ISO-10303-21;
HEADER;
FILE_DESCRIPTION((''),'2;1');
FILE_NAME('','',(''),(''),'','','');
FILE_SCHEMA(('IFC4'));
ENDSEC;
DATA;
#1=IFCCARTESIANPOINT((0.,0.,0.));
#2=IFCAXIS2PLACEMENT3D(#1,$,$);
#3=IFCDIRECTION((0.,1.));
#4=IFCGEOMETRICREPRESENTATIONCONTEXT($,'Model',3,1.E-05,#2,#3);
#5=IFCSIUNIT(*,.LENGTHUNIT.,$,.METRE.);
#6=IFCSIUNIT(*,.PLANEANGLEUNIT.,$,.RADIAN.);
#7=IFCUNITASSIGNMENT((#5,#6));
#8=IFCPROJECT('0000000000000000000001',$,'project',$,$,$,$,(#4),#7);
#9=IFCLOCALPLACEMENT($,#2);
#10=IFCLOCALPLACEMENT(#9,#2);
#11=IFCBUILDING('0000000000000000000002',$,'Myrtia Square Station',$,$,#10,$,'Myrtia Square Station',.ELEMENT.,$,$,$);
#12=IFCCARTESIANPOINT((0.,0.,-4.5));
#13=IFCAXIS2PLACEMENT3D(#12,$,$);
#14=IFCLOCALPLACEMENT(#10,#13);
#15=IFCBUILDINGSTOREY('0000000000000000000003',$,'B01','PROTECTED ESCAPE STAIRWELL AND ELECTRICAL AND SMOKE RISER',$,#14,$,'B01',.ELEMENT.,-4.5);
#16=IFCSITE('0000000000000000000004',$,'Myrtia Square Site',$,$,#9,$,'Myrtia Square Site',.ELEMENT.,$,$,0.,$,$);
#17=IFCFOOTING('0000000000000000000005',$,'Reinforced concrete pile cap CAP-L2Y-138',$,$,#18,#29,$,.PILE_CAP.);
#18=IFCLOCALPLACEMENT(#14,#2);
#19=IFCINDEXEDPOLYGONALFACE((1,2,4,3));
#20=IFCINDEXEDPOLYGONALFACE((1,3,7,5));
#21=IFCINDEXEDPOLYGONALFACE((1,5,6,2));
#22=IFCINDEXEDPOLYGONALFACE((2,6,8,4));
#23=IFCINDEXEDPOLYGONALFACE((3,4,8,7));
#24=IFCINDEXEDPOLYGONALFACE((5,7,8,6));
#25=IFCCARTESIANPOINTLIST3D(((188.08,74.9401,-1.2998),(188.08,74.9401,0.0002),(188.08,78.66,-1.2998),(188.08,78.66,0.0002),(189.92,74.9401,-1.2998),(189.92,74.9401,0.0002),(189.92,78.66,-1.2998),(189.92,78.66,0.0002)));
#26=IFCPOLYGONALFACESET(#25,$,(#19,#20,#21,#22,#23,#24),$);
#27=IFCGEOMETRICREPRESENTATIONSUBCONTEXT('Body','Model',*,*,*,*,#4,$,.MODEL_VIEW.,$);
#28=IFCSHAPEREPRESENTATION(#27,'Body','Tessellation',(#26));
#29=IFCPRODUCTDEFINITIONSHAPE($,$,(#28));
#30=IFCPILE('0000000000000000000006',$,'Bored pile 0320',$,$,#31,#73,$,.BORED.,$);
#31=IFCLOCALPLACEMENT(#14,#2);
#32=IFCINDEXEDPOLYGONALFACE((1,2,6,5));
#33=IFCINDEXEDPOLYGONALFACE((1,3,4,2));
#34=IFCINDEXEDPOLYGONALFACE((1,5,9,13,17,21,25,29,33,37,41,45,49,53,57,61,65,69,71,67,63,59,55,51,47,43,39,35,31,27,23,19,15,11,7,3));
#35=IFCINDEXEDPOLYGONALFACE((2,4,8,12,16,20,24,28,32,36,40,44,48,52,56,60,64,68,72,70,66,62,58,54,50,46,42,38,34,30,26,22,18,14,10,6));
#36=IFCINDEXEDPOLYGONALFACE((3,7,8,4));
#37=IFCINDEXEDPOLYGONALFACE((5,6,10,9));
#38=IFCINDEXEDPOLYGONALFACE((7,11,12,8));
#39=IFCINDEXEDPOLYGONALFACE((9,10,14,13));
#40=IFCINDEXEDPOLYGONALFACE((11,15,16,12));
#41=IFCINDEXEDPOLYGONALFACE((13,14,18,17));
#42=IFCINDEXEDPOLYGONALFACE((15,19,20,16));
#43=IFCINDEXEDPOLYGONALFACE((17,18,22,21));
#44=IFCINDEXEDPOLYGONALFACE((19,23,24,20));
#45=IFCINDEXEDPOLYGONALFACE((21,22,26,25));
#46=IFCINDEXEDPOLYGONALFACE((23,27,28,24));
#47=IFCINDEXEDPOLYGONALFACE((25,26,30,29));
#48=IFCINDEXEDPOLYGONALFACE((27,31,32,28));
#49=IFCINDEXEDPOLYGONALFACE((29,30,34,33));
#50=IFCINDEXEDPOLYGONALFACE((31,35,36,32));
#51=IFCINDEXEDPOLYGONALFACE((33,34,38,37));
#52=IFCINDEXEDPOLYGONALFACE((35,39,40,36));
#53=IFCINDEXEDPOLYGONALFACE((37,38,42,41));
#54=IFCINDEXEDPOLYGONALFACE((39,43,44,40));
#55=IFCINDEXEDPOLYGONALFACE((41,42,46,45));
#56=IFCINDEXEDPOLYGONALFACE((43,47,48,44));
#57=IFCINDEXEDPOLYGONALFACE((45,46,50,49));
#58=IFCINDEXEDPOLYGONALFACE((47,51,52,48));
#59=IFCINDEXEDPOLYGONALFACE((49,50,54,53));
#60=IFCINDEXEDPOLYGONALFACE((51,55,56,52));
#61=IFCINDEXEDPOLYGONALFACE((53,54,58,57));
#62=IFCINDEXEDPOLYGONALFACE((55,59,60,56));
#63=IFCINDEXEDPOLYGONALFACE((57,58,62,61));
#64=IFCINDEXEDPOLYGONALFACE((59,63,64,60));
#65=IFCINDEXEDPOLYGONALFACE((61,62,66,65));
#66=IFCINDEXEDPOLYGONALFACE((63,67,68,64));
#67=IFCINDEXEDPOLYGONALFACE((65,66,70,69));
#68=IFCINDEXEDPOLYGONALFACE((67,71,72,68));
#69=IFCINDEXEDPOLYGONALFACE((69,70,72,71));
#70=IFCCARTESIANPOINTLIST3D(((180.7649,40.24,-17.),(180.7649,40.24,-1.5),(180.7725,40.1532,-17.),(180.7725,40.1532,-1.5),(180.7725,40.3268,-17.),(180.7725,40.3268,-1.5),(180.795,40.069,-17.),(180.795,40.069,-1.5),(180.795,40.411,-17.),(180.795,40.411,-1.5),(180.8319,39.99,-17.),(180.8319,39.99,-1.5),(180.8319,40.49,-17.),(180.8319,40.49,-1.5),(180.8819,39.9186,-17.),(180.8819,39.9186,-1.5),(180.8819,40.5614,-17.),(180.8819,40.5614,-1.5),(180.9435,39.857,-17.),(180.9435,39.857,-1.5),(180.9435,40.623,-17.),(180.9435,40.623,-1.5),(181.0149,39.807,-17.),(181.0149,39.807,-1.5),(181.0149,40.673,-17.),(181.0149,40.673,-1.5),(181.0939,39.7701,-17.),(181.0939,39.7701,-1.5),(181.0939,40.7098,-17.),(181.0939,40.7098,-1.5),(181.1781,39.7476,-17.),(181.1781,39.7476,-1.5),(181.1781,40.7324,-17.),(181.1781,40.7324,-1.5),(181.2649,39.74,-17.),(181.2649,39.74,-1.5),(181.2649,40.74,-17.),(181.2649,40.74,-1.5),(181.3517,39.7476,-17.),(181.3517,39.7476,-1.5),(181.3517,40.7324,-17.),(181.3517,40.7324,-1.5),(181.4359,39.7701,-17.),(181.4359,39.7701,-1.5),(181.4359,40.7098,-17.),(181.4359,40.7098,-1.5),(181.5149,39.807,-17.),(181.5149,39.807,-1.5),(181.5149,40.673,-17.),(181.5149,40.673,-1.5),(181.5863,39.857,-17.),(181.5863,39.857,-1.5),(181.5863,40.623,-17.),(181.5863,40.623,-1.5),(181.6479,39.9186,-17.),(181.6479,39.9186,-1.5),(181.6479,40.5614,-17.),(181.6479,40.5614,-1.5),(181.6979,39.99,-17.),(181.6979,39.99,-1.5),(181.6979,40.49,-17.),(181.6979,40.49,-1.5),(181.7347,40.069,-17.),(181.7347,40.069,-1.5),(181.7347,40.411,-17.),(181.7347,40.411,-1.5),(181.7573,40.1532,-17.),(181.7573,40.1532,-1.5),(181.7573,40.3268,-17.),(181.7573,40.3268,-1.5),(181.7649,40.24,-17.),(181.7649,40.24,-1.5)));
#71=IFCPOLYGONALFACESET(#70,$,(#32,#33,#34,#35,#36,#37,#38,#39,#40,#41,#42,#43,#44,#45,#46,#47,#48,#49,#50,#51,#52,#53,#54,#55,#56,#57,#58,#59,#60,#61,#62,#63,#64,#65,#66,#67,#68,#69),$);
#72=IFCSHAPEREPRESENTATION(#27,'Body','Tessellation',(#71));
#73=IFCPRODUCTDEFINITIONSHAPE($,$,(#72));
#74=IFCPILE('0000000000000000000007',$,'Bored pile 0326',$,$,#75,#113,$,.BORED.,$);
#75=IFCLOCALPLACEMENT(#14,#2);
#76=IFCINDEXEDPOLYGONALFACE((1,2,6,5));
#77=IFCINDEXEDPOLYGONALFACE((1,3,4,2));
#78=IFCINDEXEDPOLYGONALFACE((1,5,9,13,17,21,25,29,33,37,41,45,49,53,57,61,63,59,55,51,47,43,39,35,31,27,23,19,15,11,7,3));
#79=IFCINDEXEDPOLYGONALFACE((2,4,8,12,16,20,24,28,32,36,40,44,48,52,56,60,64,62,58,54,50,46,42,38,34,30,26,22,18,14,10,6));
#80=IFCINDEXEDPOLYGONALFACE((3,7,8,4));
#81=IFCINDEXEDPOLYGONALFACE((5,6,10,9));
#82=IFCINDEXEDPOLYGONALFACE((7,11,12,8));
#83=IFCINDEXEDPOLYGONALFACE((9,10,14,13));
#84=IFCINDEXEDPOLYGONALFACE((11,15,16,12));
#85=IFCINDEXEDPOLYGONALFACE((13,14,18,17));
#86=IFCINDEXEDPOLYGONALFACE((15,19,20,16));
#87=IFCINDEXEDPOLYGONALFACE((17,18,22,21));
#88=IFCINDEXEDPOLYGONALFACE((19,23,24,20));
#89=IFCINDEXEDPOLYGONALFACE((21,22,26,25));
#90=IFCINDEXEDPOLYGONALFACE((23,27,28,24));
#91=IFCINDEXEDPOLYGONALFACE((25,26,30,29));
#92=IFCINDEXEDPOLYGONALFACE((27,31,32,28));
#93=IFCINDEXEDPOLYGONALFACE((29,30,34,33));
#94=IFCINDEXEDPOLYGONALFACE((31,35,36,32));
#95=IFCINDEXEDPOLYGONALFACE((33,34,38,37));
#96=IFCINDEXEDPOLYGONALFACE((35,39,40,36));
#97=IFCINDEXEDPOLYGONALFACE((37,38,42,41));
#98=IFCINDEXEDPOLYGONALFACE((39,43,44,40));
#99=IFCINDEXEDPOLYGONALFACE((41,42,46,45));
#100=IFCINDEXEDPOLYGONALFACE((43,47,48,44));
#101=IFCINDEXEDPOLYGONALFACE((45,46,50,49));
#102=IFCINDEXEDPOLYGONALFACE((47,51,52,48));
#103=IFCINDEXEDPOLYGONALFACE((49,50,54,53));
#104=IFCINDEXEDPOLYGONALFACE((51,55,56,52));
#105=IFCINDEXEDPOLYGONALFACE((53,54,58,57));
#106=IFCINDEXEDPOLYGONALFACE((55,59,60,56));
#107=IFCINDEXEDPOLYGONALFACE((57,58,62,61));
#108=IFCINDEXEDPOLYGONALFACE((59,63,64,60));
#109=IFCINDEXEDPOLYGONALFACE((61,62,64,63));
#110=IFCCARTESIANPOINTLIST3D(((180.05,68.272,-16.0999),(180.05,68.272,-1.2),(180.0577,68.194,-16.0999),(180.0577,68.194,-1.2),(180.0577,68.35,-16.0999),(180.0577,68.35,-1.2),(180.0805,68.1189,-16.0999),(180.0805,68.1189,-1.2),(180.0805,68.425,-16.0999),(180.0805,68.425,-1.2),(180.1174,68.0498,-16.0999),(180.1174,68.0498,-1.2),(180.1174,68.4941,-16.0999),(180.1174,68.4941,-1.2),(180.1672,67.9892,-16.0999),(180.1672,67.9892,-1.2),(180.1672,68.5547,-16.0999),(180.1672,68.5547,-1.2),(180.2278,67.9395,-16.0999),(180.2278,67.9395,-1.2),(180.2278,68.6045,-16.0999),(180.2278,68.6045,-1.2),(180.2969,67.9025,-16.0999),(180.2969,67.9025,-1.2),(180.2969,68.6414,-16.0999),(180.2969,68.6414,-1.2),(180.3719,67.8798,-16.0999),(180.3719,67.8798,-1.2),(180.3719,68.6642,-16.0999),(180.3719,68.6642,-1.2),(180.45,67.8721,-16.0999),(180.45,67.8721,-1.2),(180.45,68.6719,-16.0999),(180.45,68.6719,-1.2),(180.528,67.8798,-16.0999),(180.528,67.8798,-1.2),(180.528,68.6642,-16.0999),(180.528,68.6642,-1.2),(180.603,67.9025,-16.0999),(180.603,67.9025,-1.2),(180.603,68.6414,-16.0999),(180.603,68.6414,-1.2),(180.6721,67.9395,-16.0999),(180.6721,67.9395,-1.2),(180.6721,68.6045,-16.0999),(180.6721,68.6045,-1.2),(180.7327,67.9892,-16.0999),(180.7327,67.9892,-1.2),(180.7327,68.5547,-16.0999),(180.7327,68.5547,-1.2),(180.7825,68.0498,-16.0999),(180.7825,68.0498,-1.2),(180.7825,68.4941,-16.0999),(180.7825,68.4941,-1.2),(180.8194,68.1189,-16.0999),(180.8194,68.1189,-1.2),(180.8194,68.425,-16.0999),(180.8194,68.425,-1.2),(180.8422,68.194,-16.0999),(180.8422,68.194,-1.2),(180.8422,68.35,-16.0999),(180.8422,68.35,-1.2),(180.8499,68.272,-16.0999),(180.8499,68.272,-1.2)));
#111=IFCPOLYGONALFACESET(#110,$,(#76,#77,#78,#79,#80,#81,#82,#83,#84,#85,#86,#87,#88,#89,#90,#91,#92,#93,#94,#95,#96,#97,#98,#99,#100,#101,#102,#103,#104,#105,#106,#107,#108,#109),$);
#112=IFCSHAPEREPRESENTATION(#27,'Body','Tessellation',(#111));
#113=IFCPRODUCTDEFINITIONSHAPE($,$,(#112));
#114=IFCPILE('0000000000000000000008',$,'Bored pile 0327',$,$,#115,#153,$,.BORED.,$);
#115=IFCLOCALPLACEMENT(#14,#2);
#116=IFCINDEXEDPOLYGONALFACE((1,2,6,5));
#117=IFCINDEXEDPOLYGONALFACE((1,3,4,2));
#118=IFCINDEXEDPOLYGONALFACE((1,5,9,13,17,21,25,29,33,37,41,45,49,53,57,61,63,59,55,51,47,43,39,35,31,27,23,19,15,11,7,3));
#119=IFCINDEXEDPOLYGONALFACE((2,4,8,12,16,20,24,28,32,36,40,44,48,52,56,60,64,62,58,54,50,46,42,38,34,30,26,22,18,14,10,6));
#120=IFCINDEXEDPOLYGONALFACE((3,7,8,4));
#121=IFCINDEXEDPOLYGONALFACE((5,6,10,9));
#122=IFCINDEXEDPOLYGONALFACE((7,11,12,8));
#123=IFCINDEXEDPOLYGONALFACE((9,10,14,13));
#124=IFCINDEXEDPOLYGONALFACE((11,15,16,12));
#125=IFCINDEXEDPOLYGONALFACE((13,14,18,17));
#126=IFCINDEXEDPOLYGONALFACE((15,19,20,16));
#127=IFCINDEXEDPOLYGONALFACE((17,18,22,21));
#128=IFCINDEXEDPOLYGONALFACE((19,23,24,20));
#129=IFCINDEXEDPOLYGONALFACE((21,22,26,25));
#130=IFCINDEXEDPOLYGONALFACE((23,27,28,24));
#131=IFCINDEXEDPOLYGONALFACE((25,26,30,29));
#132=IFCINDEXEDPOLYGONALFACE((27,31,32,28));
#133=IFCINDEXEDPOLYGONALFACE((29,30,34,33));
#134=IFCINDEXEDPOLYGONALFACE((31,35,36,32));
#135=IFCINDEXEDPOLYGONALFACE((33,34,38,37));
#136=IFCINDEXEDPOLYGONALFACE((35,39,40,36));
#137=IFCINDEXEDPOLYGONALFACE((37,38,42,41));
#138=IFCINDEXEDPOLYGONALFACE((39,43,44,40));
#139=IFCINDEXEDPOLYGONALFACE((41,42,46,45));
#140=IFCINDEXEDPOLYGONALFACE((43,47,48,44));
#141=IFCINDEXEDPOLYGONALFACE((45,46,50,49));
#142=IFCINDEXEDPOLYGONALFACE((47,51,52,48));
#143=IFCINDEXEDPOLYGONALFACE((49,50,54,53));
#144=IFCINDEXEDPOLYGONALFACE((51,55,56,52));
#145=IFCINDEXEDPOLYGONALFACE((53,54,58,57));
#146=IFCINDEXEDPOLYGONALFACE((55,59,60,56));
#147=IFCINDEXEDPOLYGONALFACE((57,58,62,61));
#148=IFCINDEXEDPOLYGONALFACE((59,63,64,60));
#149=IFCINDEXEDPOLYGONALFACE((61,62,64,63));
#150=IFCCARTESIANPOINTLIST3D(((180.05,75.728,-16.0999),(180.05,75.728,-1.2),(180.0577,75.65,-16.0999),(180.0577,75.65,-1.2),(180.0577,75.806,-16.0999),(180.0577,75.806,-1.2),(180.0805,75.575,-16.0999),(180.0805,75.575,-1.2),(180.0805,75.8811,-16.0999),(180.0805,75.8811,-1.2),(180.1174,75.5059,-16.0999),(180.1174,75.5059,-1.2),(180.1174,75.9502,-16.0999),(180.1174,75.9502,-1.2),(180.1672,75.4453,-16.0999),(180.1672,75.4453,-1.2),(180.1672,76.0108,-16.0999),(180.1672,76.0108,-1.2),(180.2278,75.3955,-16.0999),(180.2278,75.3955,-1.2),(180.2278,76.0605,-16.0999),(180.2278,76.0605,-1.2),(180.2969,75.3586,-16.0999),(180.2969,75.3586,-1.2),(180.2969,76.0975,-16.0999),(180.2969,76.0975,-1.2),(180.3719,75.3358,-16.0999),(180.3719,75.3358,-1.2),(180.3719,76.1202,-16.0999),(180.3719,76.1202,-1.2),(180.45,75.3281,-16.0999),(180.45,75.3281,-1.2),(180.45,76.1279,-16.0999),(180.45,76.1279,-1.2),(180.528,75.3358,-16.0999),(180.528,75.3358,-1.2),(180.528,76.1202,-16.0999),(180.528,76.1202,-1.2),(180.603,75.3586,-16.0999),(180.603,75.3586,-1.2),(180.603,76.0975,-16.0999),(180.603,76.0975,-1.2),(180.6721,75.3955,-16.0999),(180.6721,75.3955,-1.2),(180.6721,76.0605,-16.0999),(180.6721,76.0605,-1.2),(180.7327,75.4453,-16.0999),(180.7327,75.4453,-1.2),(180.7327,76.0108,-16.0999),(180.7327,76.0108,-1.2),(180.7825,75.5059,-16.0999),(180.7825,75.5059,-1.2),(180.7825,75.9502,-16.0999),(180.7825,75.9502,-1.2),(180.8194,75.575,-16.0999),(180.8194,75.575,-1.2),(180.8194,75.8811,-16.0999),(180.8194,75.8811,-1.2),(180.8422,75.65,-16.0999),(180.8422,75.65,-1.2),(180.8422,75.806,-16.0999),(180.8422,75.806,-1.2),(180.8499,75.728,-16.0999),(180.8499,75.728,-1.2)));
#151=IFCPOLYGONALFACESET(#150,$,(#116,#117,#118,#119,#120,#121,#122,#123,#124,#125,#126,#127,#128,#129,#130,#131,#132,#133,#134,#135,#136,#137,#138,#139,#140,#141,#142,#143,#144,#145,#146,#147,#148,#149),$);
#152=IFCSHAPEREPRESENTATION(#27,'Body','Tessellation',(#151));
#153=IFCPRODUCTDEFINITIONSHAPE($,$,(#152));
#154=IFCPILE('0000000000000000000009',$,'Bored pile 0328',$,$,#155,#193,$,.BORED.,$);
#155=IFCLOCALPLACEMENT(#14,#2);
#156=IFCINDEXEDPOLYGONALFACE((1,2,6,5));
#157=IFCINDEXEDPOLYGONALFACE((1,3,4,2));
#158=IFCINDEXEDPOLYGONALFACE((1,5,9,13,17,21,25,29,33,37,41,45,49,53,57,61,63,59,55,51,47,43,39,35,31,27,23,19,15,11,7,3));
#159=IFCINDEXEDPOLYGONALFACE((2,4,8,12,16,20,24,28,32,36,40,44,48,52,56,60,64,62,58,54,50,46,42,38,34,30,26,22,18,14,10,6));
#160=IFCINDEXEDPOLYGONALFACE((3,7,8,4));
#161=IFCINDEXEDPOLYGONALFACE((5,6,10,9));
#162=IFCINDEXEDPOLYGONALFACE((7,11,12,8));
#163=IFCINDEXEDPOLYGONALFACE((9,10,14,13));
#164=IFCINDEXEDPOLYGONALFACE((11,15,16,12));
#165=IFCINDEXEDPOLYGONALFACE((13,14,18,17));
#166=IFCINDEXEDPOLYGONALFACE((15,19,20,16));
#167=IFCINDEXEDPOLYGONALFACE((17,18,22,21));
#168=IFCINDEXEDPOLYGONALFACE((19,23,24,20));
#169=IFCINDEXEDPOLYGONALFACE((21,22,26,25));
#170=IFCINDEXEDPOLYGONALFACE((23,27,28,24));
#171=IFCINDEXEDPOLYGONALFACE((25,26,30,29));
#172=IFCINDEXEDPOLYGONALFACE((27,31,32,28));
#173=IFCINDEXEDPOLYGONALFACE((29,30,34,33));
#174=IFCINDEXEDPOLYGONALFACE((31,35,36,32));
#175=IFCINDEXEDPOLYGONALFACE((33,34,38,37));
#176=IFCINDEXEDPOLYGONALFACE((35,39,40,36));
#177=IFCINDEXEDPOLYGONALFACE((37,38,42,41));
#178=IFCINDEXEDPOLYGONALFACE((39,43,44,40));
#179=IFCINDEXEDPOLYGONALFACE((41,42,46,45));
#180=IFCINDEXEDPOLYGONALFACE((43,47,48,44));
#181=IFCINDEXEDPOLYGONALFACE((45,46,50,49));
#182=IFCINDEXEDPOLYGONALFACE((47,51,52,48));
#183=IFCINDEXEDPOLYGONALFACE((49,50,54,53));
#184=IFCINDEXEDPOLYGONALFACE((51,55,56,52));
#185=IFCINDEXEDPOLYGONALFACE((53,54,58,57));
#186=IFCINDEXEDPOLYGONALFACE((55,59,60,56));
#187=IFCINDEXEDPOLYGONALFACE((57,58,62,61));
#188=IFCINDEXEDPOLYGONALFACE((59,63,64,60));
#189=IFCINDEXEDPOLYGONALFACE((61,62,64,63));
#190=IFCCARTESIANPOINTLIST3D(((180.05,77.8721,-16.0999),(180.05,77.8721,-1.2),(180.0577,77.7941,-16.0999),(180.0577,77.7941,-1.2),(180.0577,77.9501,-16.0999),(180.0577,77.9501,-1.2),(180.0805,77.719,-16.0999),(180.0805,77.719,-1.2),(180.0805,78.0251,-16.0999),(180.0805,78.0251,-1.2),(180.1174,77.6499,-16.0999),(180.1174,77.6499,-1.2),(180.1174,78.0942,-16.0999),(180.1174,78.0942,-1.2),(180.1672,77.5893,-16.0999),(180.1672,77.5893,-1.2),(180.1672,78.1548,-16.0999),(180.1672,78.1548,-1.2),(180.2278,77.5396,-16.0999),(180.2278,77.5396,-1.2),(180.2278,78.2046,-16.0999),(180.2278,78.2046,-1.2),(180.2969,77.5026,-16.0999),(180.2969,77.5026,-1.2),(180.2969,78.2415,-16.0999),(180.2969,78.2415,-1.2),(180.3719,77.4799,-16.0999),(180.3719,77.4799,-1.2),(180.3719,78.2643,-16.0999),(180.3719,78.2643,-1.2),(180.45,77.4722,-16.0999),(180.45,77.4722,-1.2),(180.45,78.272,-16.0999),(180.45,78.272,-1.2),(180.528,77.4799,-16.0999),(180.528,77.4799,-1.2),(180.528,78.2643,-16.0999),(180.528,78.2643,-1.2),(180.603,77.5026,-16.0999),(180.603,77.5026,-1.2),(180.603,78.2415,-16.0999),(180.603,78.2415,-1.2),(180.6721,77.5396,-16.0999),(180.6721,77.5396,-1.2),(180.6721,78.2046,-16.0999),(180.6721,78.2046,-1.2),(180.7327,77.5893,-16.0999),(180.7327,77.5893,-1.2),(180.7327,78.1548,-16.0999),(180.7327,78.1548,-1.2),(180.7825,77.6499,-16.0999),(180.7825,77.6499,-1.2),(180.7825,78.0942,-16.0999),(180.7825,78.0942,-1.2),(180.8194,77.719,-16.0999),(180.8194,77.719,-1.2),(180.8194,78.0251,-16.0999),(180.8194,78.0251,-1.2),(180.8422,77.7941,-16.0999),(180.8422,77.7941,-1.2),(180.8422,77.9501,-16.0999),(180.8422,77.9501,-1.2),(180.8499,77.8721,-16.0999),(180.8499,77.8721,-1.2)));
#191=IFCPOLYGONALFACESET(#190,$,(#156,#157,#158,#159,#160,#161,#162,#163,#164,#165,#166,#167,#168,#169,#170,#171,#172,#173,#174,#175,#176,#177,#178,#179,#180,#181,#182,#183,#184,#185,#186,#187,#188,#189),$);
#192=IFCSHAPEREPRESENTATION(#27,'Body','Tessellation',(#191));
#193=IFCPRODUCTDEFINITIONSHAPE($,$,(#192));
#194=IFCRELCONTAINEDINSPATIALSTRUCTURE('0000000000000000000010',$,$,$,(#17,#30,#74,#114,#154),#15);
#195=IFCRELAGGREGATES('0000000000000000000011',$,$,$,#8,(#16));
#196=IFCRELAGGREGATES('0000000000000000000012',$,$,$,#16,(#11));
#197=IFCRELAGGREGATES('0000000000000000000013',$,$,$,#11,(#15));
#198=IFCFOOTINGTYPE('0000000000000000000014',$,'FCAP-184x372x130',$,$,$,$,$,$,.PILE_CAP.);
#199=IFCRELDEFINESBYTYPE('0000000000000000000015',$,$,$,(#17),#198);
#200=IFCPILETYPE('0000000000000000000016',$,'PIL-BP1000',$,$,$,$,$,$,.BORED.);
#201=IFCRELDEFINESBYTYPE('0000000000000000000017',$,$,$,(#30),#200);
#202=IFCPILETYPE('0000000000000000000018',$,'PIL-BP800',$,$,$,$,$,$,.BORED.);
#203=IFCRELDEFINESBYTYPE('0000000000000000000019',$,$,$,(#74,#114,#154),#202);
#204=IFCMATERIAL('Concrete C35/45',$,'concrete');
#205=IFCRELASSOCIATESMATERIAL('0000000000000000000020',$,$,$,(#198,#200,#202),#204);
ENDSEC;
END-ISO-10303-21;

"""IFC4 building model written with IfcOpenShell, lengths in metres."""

from ifc_helpers import new_model, si_unit, direction, frame, origin, origin_2d, place, context, subcontext, project, spatial, rectangle, circle, extrude, material, material_profile, profile_set, type_object, element, save


model = new_model("IFC4")

# Units and contexts
model_context = context("Model", 3, precision=1e-05, world=origin(), true_north=direction((0.0, 1.0)))
body_context = subcontext(model_context, "Body", "Model", "MODEL_VIEW")
ifc_project = project(units=[si_unit("LENGTHUNIT", "METRE"), si_unit("PLANEANGLEUNIT", "RADIAN")], contexts=[model_context])

# Site, building, storey
site_placement = place(None, origin())
site = spatial("IfcSite", under=ifc_project, at=site_placement, Name="Myrtia Square Site", LongName="Myrtia Square Site", CompositionType="ELEMENT", RefElevation=0.0)
building_placement = place(site_placement, origin())
building = spatial("IfcBuilding", under=site, at=building_placement, Name="Myrtia Square Station", LongName="Myrtia Square Station", CompositionType="ELEMENT")
storey_placement = place(building_placement, frame((0.0, 0.0, -4.5)))
storey = spatial("IfcBuildingStorey", under=building, at=storey_placement, Name="B01", Description="PROTECTED ESCAPE STAIRWELL AND ELECTRICAL AND SMOKE RISER", LongName="B01", CompositionType="ELEMENT", Elevation=-4.5)

# Footing
ifc_material_1 = material(Name="Concrete C35/45", Category="concrete")
footing_type_1 = type_object("IfcFootingType", Name="FCAP-184x372x130", PredefinedType="PILE_CAP", material=ifc_material_1)
for number, where, z_axis, x_axis, name in (
    (1, (189.0, 76.8, -1.2998), (0.0, 0.0, 1.0), (1.0, 0.0, 0.0), "Reinforced concrete pile cap CAP-L2Y-138"),
):
    element("IfcFooting", number, at=place(storey_placement, frame(where, z_axis=z_axis, x_axis=x_axis)), inside=storey, type_object=footing_type_1, Name=name, PredefinedType="PILE_CAP", context=body_context, shape_type="SweptSolid", body=[
        extrude(rectangle(XDim=1.8401, YDim=3.72, at=origin_2d()), origin(), (0.0, 0.0, 1.0), 1.3),
    ])

# Piles
ifc_material_profile_1 = material_profile(ifc_material_1, circle(Radius=0.5, at=origin_2d()), Name="BP D1000")
ifc_profile_set_1 = profile_set([ifc_material_profile_1], Name="Concrete C35/45")
pile_type_1 = type_object("IfcPileType", Name="PIL-BP1000", PredefinedType="BORED", material=ifc_profile_set_1)
pile_placement = place(storey_placement, frame((181.2649, 40.24, -1.5), z_axis=(0.0, 0.0, -1.0), x_axis=(1.0, 0.0, 0.0)))
element("IfcPile", 2, at=pile_placement, inside=storey, type_object=pile_type_1, Name="Bored pile 0320", PredefinedType="BORED", context=body_context, shape_type="SweptSolid", body=[
    extrude(circle(Radius=0.5, at=origin_2d()), origin(), (0.0, 0.0, 1.0), 15.5),
])
ifc_material_profile_2 = material_profile(ifc_material_1, circle(Radius=0.3999, at=origin_2d()), Name="BP D800")
ifc_profile_set_2 = profile_set([ifc_material_profile_2], Name="Concrete C35/45")
pile_type_2 = type_object("IfcPileType", Name="PIL-BP800", PredefinedType="BORED", material=ifc_profile_set_2)
for number, where, z_axis, x_axis, name in (
    (3, (180.45, 68.272, -1.2), (0.0, 0.0, -1.0), (1.0, 0.0, 0.0), "Bored pile 0326"),
    (4, (180.45, 75.728, -1.2), (0.0, 0.0, -1.0), (1.0, 0.0, 0.0), "Bored pile 0327"),
    (5, (180.45, 77.8721, -1.2), (0.0, 0.0, -1.0), (1.0, 0.0, 0.0), "Bored pile 0328"),
):
    element("IfcPile", number, at=place(storey_placement, frame(where, z_axis=z_axis, x_axis=x_axis)), inside=storey, type_object=pile_type_2, Name=name, PredefinedType="BORED", context=body_context, shape_type="SweptSolid", body=[
        extrude(circle(Radius=0.3999, at=origin_2d()), origin(), (0.0, 0.0, 1.0), 14.8999),
    ])

save(model, "model.ifc")
